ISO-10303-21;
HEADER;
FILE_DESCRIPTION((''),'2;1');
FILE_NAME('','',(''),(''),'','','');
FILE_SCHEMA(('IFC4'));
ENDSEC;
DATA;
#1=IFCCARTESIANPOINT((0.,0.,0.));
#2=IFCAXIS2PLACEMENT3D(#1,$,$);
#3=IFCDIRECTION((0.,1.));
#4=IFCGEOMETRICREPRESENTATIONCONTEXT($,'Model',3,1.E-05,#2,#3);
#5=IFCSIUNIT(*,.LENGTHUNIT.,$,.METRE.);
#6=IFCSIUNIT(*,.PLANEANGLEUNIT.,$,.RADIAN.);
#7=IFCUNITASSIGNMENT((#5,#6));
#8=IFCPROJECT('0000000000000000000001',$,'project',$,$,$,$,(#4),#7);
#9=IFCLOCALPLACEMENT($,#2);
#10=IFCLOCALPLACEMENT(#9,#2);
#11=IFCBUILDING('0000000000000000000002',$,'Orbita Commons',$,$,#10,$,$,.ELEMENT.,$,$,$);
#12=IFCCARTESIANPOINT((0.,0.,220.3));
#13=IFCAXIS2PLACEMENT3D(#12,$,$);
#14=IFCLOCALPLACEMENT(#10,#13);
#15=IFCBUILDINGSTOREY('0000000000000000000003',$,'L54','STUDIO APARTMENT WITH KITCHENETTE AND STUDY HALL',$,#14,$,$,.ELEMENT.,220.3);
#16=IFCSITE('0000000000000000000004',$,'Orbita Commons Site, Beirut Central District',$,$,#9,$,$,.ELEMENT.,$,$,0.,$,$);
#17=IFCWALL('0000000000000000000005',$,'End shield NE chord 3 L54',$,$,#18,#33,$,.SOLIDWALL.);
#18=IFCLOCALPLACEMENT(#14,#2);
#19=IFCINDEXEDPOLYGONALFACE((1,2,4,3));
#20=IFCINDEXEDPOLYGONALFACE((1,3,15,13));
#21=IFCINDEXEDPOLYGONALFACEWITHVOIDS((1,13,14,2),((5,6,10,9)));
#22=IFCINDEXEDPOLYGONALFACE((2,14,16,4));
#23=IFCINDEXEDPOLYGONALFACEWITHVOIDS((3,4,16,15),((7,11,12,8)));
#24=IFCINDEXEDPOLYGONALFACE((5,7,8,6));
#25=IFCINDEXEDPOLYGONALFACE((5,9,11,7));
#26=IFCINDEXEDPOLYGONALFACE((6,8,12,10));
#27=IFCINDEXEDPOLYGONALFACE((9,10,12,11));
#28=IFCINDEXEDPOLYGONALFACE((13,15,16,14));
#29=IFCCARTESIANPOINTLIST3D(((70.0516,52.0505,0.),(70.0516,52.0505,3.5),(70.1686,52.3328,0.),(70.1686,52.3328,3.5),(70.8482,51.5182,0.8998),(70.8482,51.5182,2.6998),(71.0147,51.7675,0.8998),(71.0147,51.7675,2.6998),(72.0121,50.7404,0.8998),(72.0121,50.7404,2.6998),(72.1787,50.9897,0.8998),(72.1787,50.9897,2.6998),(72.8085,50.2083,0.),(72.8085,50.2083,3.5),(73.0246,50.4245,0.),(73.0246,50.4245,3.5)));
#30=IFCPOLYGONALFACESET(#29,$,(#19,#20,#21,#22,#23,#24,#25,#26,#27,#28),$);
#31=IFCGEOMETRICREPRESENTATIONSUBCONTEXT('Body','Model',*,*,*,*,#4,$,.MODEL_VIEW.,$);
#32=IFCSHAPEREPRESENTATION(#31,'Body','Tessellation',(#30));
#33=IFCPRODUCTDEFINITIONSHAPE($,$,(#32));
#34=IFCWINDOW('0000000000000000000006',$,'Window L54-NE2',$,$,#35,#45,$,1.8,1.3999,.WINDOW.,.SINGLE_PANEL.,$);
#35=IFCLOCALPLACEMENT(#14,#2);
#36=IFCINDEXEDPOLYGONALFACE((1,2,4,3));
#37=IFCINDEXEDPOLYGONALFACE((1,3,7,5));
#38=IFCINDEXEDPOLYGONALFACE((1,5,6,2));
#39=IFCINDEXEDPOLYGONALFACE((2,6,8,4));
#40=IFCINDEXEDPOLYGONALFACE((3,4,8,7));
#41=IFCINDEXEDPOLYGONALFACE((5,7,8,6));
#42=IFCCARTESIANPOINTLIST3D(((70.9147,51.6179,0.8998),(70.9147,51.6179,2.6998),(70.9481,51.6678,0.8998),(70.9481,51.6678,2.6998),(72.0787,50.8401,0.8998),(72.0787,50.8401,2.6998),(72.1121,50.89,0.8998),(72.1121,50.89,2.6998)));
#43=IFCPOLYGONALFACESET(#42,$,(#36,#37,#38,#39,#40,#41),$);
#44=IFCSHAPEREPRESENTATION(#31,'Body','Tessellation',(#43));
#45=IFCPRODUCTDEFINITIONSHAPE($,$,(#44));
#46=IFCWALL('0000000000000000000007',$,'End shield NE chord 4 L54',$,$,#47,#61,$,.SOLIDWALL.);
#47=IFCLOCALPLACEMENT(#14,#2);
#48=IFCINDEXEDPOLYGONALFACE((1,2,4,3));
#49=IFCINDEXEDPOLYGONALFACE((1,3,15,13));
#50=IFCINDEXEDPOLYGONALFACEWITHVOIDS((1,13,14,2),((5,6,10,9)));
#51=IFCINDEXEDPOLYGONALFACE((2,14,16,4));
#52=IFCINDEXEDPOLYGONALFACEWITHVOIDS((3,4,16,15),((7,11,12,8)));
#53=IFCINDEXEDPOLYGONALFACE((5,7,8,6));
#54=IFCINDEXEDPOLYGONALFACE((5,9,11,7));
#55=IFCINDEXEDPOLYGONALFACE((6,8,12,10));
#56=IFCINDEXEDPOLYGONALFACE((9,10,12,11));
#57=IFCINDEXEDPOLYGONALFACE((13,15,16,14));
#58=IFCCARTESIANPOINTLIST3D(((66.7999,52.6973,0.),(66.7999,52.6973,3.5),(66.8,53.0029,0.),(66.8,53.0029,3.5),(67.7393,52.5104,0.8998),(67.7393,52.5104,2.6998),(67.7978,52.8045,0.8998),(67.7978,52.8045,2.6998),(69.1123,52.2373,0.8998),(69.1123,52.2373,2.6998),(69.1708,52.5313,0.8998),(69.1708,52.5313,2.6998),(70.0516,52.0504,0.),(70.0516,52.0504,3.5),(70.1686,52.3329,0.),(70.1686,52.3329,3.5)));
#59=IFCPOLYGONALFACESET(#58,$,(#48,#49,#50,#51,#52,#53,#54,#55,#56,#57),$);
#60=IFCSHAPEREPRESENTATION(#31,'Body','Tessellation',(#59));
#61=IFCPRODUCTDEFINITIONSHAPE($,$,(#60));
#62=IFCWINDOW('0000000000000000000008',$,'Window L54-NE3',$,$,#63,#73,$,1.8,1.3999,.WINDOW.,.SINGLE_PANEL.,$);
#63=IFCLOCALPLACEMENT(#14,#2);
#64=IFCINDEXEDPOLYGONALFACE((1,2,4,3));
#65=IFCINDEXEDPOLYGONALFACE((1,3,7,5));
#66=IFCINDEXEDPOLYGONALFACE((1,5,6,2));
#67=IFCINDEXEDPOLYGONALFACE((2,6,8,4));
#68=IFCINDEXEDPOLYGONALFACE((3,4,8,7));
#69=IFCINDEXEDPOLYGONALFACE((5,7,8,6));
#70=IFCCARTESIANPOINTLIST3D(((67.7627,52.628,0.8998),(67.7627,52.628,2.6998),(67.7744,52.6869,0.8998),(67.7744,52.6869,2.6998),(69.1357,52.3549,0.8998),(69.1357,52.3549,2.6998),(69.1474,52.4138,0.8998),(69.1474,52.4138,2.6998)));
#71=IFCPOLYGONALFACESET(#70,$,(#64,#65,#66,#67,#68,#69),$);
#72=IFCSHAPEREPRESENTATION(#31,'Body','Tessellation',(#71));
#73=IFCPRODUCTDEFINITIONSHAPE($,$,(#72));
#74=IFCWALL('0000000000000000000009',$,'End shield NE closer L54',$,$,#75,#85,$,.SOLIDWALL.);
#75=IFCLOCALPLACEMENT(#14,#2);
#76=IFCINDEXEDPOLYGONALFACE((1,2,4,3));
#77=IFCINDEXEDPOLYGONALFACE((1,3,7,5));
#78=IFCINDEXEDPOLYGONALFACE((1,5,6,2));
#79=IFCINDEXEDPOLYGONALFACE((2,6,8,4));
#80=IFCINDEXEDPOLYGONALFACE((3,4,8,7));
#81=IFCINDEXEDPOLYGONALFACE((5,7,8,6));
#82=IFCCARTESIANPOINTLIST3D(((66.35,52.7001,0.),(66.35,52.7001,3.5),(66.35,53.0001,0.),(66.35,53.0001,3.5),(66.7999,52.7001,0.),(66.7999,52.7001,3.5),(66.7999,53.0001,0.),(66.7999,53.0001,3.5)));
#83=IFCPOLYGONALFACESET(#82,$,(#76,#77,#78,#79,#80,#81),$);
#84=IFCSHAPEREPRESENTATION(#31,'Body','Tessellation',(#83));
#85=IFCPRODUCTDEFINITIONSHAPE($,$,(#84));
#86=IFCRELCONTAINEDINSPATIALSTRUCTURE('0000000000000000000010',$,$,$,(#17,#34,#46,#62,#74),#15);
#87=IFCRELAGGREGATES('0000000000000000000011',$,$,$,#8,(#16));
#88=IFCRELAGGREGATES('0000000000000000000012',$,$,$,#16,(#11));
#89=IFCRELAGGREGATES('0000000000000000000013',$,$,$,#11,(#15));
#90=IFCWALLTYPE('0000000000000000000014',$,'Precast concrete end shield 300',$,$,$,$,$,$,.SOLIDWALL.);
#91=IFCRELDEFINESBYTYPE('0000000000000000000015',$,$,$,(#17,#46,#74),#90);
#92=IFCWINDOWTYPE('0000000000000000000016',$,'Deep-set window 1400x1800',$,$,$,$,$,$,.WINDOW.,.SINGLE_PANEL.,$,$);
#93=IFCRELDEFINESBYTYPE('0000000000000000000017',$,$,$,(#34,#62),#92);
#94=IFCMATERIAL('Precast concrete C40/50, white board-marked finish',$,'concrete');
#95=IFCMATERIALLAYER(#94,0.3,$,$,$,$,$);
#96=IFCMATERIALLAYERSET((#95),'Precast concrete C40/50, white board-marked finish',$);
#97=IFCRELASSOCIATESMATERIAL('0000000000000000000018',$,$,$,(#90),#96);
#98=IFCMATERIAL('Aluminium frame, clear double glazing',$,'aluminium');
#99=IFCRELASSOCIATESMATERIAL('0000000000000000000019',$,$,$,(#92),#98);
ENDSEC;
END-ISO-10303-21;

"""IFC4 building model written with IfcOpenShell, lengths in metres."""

from ifc_helpers import new_model, si_unit, direction, frame, frame_2d, origin, place, context, subcontext, project, spatial, polyline, rectangle, outline, extrude, material, layer, layer_set, type_object, element, fill, save


model = new_model("IFC4")

# Units and contexts
model_context = context("Model", 3, precision=1e-05, world=origin(), true_north=direction((0.0, 1.0)))
body_context = subcontext(model_context, "Body", "Model", "MODEL_VIEW")
ifc_project = project(units=[si_unit("LENGTHUNIT", "METRE"), si_unit("PLANEANGLEUNIT", "RADIAN")], contexts=[model_context])

# Site, building, storey
site_placement = place(None, origin())
site = spatial("IfcSite", under=ifc_project, at=site_placement, Name="Orbita Commons Site, Beirut Central District", CompositionType="ELEMENT", RefElevation=0.0)
building_placement = place(site_placement, origin())
building = spatial("IfcBuilding", under=site, at=building_placement, Name="Orbita Commons", CompositionType="ELEMENT")
storey_placement = place(building_placement, frame((0.0, 0.0, 220.3)))
storey = spatial("IfcBuildingStorey", under=building, at=storey_placement, Name="L54", Description="STUDIO APARTMENT WITH KITCHENETTE AND STUDY HALL", CompositionType="ELEMENT", Elevation=220.3)

# Walls, openings, windows
ifc_material_1 = material(Name="Precast concrete C40/50, white board-marked finish", Category="concrete")
ifc_layer_1 = layer(ifc_material_1, 0.3)
ifc_layer_set_1 = layer_set([ifc_layer_1], Name="Precast concrete C40/50, white board-marked finish")
wall_type_1 = type_object("IfcWallType", Name="Precast concrete end shield 300", PredefinedType="SOLIDWALL", material=ifc_layer_set_1)
wall_1_placement = place(storey_placement, frame((72.9165, 50.3164, 0.0), z_axis=(0.0, 0.0, 1.0), x_axis=(-0.83146, 0.555585, 0.0)))
wall_1 = element("IfcWall", 1, at=wall_1_placement, inside=storey, type_object=wall_type_1, Name="End shield NE chord 3 L54", PredefinedType="SOLIDWALL", context=body_context, shape_type="SweptSolid", body=[
    extrude(outline(polyline([(-0.0298, -0.1499), (3.405, -0.1499), (3.3455, 0.1499), (0.0298, 0.1499), (-0.0298, -0.1499)])), origin(), (0.0, 0.0, 1.0), 3.5),
])
opening_1_placement = place(wall_1_placement, frame((0.9875, 0.0, 0.8999)))
opening_1 = element("IfcOpeningElement", 2, at=opening_1_placement, cuts=wall_1, PredefinedType="OPENING", context=body_context, shape_type="SweptSolid", body=[
    extrude(rectangle(XDim=1.3999, YDim=1.8, at=frame_2d((0.7, 0.8999))), frame((0.0, 0.1599, 0.0), z_axis=(0.0, -1.0, 0.0), x_axis=(1.0, 0.0, 0.0)), (0.0, 0.0, 1.0), 0.3201),
])
ifc_material_2 = material(Name="Aluminium frame, clear double glazing", Category="aluminium")
window_type = type_object("IfcWindowType", Name="Deep-set window 1400x1800", PartitioningType="SINGLE_PANEL", PredefinedType="WINDOW", material=ifc_material_2)
window_1_placement = place(opening_1_placement, origin())
window_1 = element("IfcWindow", 3, at=window_1_placement, inside=storey, type_object=window_type, Name="Window L54-NE2", OverallHeight=1.8, OverallWidth=1.3999, PartitioningType="SINGLE_PANEL", PredefinedType="WINDOW", context=body_context, shape_type="SweptSolid", body=[
    extrude(rectangle(XDim=1.3999, YDim=1.8, at=frame_2d((0.7, 0.8999))), frame((0.0, 0.03, 0.0), z_axis=(0.0, -1.0, 0.0), x_axis=(1.0, 0.0, 0.0)), (0.0, 0.0, 1.0), 0.0601),
])
fill(opening_1, window_1)
wall_2_placement = place(storey_placement, frame((70.1101, 52.1917, 0.0), z_axis=(0.0, 0.0, 1.0), x_axis=(-0.980783, 0.1951, 0.0)))
wall_2 = element("IfcWall", 4, at=wall_2_placement, inside=storey, type_object=wall_type_1, Name="End shield NE chord 4 L54", PredefinedType="SOLIDWALL", context=body_context, shape_type="SweptSolid", body=[
    extrude(outline(polyline([(-0.0298, -0.1499), (3.4048, -0.1499), (3.3452, 0.1499), (0.0298, 0.1499), (-0.0298, -0.1499)])), origin(), (0.0, 0.0, 1.0), 3.5),
])
opening_2_placement = place(wall_2_placement, frame((0.9875, 0.0, 0.8999)))
opening_2 = element("IfcOpeningElement", 5, at=opening_2_placement, cuts=wall_2, PredefinedType="OPENING", context=body_context, shape_type="SweptSolid", body=[
    extrude(rectangle(XDim=1.3999, YDim=1.8, at=frame_2d((0.7, 0.8999))), frame((0.0, 0.1599, 0.0), z_axis=(0.0, -1.0, 0.0), x_axis=(1.0, 0.0, 0.0)), (0.0, 0.0, 1.0), 0.3201),
])
window_2_placement = place(opening_2_placement, origin())
window_2 = element("IfcWindow", 6, at=window_2_placement, inside=storey, type_object=window_type, Name="Window L54-NE3", OverallHeight=1.8, OverallWidth=1.3999, PartitioningType="SINGLE_PANEL", PredefinedType="WINDOW", context=body_context, shape_type="SweptSolid", body=[
    extrude(rectangle(XDim=1.3999, YDim=1.8, at=frame_2d((0.7, 0.8999))), frame((0.0, 0.03, 0.0), z_axis=(0.0, -1.0, 0.0), x_axis=(1.0, 0.0, 0.0)), (0.0, 0.0, 1.0), 0.0601),
])
fill(opening_2, window_2)

# Wall
wall_3_placement = place(storey_placement, frame((66.8, 52.8501, 0.0), z_axis=(0.0, 0.0, 1.0), x_axis=(-1.0, 0.0, 0.0)))
element("IfcWall", 7, at=wall_3_placement, inside=storey, type_object=wall_type_1, Name="End shield NE closer L54", PredefinedType="SOLIDWALL", context=body_context, shape_type="SweptSolid", body=[
    extrude(rectangle(XDim=0.45, YDim=0.3, at=frame_2d((0.2251, 0.0))), origin(), (0.0, 0.0, 1.0), 3.5),
])

save(model, "model.ifc")
